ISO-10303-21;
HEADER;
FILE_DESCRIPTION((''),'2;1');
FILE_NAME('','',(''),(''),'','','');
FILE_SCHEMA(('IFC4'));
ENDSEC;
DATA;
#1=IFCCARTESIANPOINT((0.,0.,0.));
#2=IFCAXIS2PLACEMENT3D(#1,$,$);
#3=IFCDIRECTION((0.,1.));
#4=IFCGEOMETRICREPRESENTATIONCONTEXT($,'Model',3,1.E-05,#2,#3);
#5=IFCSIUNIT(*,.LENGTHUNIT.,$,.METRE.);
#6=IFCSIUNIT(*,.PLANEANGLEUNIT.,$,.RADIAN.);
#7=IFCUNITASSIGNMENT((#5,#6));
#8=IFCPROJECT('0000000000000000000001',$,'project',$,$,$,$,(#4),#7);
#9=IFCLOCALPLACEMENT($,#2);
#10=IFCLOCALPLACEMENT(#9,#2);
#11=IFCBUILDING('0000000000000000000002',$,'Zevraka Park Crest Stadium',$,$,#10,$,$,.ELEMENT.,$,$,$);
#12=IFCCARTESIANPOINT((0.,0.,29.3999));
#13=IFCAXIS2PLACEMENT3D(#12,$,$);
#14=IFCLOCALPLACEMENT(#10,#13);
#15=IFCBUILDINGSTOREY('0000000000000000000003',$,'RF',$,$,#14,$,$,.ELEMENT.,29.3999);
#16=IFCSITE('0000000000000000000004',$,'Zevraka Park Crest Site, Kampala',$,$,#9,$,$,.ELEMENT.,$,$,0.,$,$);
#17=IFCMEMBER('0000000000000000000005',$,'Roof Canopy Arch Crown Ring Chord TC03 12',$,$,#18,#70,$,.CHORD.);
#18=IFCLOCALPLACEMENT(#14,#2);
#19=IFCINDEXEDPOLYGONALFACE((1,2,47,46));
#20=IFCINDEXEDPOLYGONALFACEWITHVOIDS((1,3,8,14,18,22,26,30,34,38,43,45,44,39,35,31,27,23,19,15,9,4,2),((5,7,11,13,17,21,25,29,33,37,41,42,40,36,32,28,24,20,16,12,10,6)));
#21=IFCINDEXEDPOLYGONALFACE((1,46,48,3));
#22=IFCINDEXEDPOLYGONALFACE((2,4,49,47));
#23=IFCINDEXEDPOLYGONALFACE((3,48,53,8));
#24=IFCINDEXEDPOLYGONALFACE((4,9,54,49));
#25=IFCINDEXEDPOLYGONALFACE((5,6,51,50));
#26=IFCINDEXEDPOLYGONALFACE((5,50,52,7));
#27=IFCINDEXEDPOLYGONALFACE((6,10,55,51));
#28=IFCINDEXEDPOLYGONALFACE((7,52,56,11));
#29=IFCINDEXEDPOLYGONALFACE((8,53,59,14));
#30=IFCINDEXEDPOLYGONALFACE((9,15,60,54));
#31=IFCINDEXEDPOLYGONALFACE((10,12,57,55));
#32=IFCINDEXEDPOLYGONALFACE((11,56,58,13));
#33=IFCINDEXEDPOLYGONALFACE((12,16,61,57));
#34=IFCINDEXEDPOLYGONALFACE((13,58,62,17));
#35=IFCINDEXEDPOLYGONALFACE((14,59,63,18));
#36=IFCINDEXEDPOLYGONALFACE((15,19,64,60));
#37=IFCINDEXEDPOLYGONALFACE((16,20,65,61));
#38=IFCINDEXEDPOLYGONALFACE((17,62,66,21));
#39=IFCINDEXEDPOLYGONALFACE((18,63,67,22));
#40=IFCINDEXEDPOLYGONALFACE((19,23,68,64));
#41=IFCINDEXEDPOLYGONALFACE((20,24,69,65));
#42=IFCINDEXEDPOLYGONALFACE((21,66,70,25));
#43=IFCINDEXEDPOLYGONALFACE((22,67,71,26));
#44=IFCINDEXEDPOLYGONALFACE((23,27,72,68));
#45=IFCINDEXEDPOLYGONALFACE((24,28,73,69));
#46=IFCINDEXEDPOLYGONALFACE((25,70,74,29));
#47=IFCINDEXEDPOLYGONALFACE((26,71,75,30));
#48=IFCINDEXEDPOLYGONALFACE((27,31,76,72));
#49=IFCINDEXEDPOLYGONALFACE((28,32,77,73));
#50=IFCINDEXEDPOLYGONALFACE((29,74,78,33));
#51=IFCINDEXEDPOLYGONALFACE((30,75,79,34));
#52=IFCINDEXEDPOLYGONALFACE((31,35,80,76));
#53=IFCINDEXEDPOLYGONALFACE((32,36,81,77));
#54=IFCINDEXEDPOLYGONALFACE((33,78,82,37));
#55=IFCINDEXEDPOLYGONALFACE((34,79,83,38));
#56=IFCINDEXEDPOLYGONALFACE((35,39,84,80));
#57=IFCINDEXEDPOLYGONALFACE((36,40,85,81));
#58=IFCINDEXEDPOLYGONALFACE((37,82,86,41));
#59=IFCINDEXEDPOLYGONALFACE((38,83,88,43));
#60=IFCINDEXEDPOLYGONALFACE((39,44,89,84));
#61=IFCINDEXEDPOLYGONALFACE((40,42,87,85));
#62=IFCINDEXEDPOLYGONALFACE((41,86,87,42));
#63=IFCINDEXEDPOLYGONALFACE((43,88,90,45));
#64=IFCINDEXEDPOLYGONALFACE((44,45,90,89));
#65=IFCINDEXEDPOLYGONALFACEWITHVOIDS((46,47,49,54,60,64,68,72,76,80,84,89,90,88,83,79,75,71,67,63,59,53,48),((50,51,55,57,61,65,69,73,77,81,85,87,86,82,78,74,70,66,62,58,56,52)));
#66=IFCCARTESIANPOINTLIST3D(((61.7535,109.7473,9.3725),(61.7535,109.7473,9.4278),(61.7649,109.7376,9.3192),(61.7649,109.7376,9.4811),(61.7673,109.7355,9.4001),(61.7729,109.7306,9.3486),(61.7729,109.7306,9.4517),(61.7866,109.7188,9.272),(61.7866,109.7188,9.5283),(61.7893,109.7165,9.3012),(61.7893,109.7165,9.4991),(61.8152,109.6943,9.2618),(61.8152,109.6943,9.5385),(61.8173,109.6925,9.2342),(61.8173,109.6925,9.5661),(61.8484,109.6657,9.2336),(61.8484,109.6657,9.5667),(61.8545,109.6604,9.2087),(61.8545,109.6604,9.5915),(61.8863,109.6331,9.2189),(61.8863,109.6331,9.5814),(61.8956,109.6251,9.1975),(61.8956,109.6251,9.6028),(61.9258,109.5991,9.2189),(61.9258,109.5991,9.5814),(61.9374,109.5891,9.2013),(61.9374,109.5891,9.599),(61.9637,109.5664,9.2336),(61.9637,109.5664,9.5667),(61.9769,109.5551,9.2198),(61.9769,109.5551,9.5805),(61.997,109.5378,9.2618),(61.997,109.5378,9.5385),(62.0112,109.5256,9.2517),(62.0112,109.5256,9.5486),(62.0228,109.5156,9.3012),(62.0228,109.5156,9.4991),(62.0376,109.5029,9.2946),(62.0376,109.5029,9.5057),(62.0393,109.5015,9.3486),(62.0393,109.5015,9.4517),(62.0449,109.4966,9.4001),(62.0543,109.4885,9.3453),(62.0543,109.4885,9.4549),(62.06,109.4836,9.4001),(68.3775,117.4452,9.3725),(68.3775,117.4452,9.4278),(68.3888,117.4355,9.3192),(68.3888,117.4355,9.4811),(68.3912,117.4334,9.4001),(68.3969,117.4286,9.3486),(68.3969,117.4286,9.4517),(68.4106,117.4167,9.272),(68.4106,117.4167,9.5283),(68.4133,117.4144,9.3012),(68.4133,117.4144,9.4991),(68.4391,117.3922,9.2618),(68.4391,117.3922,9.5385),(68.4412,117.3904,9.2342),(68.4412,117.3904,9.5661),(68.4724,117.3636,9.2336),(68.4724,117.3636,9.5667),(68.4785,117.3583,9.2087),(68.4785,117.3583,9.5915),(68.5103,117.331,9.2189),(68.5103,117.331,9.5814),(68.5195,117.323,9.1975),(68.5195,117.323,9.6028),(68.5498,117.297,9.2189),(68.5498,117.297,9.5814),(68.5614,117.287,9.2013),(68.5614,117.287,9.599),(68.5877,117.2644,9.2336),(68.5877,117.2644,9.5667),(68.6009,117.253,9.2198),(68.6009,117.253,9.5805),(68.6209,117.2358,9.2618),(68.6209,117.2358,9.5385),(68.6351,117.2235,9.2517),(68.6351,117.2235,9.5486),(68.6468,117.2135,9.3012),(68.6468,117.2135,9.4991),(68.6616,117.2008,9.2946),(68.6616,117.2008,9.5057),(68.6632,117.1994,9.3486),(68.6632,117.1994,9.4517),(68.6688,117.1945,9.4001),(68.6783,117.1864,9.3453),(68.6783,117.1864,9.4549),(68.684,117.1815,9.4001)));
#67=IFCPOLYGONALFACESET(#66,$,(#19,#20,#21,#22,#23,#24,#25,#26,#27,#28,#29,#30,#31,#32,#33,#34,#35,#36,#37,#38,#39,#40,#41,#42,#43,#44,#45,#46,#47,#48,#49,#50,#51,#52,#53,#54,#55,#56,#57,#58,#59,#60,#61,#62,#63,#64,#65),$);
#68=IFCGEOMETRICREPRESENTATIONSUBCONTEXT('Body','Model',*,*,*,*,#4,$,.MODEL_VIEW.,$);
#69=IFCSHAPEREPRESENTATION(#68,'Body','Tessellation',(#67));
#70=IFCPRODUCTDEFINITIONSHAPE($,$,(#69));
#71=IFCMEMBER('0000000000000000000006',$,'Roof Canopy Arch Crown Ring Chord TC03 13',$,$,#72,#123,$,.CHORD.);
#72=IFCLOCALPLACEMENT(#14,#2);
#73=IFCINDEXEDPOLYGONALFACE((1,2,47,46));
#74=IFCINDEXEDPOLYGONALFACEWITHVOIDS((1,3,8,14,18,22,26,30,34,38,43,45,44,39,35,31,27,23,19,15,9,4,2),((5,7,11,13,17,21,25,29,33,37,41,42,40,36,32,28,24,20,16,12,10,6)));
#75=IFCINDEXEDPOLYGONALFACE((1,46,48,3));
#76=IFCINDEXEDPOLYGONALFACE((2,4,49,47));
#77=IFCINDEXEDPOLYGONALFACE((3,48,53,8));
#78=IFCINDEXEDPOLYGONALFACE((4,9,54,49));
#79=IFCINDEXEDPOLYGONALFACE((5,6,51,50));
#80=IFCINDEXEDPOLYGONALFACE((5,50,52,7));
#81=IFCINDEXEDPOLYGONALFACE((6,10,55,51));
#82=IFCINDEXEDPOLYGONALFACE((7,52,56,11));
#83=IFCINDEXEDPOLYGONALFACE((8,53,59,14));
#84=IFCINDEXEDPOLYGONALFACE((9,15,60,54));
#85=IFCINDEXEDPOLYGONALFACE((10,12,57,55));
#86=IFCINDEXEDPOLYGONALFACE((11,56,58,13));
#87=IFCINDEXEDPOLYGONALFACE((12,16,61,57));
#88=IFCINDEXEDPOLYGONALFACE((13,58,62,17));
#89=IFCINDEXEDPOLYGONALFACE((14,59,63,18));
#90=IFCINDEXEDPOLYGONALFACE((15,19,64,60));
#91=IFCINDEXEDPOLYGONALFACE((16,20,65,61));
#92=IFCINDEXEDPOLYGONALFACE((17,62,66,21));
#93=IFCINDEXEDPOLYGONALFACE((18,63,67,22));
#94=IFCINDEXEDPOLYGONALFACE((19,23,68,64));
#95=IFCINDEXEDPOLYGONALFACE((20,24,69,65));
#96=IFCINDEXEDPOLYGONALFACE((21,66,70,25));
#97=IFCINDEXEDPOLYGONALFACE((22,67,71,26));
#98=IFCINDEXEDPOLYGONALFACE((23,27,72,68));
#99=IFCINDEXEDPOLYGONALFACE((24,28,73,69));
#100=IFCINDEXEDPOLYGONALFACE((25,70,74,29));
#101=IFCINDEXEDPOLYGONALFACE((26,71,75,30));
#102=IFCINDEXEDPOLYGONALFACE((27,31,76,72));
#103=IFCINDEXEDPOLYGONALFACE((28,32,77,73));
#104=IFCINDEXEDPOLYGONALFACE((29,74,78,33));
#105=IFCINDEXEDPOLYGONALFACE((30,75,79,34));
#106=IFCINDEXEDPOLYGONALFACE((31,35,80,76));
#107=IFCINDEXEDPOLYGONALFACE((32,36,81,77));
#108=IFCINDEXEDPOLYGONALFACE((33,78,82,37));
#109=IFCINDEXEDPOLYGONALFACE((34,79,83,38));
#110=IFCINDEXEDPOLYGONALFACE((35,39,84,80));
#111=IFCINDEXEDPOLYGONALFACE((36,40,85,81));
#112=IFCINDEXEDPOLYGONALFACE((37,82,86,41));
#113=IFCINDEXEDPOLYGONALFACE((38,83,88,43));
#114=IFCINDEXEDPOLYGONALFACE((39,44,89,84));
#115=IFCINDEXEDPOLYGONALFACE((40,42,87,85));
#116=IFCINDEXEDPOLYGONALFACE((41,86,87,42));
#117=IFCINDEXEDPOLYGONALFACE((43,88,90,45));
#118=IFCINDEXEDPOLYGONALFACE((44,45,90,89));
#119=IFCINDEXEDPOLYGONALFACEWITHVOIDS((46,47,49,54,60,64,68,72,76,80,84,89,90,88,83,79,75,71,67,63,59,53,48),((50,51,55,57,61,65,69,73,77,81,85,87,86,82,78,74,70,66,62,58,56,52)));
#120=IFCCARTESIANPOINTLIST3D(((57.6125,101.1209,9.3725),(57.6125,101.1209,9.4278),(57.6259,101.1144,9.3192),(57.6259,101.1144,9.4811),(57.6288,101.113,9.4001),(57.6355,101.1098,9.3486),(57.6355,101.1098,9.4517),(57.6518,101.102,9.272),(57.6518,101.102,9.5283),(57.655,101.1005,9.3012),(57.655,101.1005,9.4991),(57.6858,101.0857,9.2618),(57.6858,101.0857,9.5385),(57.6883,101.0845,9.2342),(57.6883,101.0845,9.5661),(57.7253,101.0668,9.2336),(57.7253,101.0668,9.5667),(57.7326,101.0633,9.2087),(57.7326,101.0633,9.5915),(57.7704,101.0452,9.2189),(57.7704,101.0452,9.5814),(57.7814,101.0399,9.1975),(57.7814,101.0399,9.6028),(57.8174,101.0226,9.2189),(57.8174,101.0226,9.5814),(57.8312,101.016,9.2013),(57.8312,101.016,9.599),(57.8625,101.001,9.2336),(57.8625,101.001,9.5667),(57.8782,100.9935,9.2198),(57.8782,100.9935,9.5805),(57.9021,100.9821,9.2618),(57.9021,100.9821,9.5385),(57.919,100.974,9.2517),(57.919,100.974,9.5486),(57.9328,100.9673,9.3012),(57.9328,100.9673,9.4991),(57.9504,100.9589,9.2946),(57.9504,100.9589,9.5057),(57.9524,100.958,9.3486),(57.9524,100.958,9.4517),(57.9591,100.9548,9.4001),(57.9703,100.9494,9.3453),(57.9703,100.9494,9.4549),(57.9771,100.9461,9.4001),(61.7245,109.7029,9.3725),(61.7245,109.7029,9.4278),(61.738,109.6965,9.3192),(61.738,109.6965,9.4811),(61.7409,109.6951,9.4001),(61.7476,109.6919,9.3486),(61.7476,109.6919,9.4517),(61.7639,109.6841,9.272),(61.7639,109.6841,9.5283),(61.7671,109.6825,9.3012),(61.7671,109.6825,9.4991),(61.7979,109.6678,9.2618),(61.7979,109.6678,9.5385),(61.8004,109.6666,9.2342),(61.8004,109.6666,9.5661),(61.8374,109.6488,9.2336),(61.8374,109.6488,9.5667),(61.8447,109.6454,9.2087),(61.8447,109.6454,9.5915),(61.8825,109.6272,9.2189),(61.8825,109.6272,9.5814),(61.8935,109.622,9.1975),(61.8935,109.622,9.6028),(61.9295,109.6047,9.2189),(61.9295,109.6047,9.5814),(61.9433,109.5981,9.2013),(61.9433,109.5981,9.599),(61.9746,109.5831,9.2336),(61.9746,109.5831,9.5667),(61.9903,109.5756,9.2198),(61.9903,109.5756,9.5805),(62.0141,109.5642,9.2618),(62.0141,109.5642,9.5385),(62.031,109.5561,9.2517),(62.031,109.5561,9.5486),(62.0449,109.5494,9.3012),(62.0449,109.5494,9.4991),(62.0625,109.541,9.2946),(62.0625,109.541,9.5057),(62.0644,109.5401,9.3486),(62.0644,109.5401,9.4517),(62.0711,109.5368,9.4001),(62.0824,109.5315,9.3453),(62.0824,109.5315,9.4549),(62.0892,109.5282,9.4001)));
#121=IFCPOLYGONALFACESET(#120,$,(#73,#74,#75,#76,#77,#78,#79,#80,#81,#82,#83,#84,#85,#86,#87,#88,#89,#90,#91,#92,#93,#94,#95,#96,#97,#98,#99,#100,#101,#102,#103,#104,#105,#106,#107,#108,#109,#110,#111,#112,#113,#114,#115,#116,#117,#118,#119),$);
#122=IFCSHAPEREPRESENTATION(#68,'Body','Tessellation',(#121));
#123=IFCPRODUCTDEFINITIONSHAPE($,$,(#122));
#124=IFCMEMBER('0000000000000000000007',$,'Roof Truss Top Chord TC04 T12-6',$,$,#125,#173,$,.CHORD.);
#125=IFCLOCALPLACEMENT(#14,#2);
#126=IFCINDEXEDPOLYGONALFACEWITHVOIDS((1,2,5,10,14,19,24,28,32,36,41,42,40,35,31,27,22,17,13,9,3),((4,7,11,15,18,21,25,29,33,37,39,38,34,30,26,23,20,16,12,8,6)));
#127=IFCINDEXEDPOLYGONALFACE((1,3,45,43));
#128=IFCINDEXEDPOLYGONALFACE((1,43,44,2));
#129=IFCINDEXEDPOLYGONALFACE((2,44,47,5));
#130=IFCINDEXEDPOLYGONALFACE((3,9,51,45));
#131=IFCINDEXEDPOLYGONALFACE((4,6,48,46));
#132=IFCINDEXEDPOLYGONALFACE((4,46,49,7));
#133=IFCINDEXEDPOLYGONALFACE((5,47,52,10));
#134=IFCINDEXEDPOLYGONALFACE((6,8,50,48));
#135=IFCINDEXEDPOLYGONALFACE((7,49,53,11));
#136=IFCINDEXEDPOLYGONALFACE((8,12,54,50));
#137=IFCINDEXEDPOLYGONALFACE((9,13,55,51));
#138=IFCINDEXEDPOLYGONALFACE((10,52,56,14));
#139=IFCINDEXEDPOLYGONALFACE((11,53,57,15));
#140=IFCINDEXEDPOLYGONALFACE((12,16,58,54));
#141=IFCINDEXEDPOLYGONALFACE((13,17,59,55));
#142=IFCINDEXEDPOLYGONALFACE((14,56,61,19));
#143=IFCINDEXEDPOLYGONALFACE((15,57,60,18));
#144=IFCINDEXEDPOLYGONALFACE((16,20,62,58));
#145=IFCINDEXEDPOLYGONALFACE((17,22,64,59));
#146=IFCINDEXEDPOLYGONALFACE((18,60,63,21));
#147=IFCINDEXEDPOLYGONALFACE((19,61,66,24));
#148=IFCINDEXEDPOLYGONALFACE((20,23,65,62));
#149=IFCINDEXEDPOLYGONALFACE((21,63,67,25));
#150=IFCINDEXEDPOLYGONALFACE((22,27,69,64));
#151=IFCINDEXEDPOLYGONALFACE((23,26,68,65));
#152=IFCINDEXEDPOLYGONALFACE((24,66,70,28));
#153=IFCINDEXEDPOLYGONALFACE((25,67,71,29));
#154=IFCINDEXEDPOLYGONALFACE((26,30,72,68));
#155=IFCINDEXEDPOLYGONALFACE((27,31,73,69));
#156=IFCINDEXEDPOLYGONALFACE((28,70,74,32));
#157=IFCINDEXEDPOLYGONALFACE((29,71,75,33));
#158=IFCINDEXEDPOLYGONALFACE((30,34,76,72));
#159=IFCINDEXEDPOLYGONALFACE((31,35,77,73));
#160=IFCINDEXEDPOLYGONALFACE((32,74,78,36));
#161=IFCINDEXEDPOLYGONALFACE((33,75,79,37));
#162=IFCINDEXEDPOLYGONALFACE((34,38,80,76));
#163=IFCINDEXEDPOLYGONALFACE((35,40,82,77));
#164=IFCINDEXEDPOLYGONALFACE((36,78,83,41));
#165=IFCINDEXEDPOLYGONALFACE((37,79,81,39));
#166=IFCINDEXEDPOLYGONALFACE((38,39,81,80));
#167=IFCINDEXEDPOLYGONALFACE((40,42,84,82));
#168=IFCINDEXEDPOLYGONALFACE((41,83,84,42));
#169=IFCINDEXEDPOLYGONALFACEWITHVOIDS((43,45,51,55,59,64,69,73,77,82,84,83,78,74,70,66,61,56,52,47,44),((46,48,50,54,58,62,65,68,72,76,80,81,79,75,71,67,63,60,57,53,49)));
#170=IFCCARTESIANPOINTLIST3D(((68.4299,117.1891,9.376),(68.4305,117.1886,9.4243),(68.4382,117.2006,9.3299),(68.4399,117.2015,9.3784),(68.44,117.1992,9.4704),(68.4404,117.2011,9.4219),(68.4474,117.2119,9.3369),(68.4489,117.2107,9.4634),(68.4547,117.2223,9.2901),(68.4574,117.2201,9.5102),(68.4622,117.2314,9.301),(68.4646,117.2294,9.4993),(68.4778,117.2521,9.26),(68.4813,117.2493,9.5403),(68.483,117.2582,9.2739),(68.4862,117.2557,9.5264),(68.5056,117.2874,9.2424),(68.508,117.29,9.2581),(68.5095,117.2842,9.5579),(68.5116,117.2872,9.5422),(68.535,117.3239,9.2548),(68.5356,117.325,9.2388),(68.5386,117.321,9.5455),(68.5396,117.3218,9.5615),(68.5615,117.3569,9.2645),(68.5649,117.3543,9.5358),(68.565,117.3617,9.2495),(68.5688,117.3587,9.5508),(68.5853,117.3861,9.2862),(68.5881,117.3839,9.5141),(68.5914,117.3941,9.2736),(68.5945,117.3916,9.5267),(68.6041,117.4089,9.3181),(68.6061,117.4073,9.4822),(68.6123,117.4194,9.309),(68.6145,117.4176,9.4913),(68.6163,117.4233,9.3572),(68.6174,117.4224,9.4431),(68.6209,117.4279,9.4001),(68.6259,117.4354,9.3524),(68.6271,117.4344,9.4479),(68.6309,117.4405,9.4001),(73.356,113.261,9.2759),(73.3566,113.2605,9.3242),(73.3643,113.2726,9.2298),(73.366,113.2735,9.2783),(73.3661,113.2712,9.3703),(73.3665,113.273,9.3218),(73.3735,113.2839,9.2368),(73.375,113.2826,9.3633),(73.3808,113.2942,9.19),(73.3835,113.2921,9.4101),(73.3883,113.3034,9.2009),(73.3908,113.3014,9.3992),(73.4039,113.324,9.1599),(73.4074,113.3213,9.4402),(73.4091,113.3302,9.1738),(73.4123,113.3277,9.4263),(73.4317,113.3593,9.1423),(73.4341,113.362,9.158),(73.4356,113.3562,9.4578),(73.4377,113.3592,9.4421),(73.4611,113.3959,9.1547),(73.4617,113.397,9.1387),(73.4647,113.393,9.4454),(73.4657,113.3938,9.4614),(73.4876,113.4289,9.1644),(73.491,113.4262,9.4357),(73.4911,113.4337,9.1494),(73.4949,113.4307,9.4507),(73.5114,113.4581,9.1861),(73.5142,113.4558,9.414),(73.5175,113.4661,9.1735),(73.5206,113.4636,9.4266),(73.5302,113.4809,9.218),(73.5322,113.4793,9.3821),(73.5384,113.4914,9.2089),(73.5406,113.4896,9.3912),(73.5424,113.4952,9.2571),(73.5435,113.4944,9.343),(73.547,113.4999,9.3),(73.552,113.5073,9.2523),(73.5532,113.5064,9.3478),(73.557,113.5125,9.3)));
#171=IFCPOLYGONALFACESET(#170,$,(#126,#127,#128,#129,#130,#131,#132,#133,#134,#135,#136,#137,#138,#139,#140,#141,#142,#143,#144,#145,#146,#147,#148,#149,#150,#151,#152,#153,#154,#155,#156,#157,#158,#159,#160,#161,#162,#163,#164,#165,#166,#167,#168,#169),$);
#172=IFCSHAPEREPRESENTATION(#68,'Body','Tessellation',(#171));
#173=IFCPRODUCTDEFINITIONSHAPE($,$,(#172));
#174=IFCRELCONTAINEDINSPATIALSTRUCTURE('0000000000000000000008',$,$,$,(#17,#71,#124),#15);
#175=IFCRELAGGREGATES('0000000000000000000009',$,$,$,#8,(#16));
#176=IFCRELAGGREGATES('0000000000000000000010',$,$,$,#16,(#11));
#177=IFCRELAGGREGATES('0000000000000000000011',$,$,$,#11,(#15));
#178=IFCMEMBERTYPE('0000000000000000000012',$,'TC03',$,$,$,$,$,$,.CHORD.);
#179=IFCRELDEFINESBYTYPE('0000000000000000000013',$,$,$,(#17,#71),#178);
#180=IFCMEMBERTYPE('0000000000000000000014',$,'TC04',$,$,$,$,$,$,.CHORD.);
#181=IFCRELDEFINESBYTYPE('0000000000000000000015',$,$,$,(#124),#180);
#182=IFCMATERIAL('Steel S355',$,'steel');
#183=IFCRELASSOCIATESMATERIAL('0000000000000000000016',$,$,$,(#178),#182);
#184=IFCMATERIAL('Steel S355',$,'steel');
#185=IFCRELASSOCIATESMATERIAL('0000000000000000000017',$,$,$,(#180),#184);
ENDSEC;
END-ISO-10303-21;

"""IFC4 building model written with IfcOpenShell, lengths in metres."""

from ifc_helpers import new_model, si_unit, direction, frame, origin, origin_2d, place, context, subcontext, project, spatial, hollow_circle, extrude, material, material_profile, profile_set, type_object, element, save


model = new_model("IFC4")

# Units and contexts
model_context = context("Model", 3, precision=1e-05, world=origin(), true_north=direction((0.0, 1.0)))
body_context = subcontext(model_context, "Body", "Model", "MODEL_VIEW")
ifc_project = project(units=[si_unit("LENGTHUNIT", "METRE"), si_unit("PLANEANGLEUNIT", "RADIAN")], contexts=[model_context])

# Site, building, storey
site_placement = place(None, origin())
site = spatial("IfcSite", under=ifc_project, at=site_placement, Name="Zevraka Park Crest Site, Kampala", CompositionType="ELEMENT", RefElevation=0.0)
building_placement = place(site_placement, origin())
building = spatial("IfcBuilding", under=site, at=building_placement, Name="Zevraka Park Crest Stadium", CompositionType="ELEMENT")
storey_placement = place(building_placement, frame((0.0, 0.0, 29.3999)))
storey = spatial("IfcBuildingStorey", under=building, at=storey_placement, Name="RF", CompositionType="ELEMENT", Elevation=29.3999)

# Members
ifc_material_1 = material(Name="Steel S355", Category="steel")
ifc_material_profile_1 = material_profile(ifc_material_1, hollow_circle(Radius=0.2031, WallThickness=0.02, at=origin_2d()), Name="CHS 406.4x20")
ifc_profile_set_1 = profile_set([ifc_material_profile_1], Name="Steel S355")
member_type_1 = type_object("IfcMemberType", Name="TC03", PredefinedType="CHORD", material=ifc_profile_set_1)
member_1_placement = place(storey_placement, frame((68.53, 117.314, 9.4001), z_axis=(-0.652251, -0.758003, 0.0), x_axis=(0.758003, -0.652251, 0.0)))
element("IfcMember", 1, at=member_1_placement, inside=storey, type_object=member_type_1, Name="Roof Canopy Arch Crown Ring Chord TC03 12", PredefinedType="CHORD", context=body_context, shape_type="SweptSolid", body=[
    extrude(hollow_circle(Radius=0.2031, WallThickness=0.02, at=origin_2d()), origin(), (0.0, 0.0, 1.0), 10.1555),
])
member_2_placement = place(storey_placement, frame((61.906, 109.616, 9.4001), z_axis=(-0.432106, -0.901823, 0.0), x_axis=(0.901823, -0.432106, 0.0)))
element("IfcMember", 2, at=member_2_placement, inside=storey, type_object=member_type_1, Name="Roof Canopy Arch Crown Ring Chord TC03 13", PredefinedType="CHORD", context=body_context, shape_type="SweptSolid", body=[
    extrude(hollow_circle(Radius=0.2031, WallThickness=0.02, at=origin_2d()), origin(), (0.0, 0.0, 1.0), 9.5164),
])
ifc_material_2 = material(Name="Steel S355", Category="steel")
ifc_material_profile_2 = material_profile(ifc_material_2, hollow_circle(Radius=0.1619, WallThickness=0.0161, at=origin_2d()), Name="CHS 323.9x16")
ifc_profile_set_2 = profile_set([ifc_material_profile_2], Name="Steel S355")
member_type_2 = type_object("IfcMemberType", Name="TC04", PredefinedType="CHORD", material=ifc_profile_set_2)
member_3_placement = place(storey_placement, frame((68.53, 117.314, 9.4001), z_axis=(0.781763, -0.623373, -0.015886), x_axis=(0.623451, 0.781862, 0.0)))
element("IfcMember", 3, at=member_3_placement, inside=storey, type_object=member_type_2, Name="Roof Truss Top Chord TC04 T12-6", PredefinedType="CHORD", context=body_context, shape_type="SweptSolid", body=[
    extrude(hollow_circle(Radius=0.1619, WallThickness=0.0161, at=origin_2d()), origin(), (0.0, 0.0, 1.0), 6.3013),
])

save(model, "model.ifc")
